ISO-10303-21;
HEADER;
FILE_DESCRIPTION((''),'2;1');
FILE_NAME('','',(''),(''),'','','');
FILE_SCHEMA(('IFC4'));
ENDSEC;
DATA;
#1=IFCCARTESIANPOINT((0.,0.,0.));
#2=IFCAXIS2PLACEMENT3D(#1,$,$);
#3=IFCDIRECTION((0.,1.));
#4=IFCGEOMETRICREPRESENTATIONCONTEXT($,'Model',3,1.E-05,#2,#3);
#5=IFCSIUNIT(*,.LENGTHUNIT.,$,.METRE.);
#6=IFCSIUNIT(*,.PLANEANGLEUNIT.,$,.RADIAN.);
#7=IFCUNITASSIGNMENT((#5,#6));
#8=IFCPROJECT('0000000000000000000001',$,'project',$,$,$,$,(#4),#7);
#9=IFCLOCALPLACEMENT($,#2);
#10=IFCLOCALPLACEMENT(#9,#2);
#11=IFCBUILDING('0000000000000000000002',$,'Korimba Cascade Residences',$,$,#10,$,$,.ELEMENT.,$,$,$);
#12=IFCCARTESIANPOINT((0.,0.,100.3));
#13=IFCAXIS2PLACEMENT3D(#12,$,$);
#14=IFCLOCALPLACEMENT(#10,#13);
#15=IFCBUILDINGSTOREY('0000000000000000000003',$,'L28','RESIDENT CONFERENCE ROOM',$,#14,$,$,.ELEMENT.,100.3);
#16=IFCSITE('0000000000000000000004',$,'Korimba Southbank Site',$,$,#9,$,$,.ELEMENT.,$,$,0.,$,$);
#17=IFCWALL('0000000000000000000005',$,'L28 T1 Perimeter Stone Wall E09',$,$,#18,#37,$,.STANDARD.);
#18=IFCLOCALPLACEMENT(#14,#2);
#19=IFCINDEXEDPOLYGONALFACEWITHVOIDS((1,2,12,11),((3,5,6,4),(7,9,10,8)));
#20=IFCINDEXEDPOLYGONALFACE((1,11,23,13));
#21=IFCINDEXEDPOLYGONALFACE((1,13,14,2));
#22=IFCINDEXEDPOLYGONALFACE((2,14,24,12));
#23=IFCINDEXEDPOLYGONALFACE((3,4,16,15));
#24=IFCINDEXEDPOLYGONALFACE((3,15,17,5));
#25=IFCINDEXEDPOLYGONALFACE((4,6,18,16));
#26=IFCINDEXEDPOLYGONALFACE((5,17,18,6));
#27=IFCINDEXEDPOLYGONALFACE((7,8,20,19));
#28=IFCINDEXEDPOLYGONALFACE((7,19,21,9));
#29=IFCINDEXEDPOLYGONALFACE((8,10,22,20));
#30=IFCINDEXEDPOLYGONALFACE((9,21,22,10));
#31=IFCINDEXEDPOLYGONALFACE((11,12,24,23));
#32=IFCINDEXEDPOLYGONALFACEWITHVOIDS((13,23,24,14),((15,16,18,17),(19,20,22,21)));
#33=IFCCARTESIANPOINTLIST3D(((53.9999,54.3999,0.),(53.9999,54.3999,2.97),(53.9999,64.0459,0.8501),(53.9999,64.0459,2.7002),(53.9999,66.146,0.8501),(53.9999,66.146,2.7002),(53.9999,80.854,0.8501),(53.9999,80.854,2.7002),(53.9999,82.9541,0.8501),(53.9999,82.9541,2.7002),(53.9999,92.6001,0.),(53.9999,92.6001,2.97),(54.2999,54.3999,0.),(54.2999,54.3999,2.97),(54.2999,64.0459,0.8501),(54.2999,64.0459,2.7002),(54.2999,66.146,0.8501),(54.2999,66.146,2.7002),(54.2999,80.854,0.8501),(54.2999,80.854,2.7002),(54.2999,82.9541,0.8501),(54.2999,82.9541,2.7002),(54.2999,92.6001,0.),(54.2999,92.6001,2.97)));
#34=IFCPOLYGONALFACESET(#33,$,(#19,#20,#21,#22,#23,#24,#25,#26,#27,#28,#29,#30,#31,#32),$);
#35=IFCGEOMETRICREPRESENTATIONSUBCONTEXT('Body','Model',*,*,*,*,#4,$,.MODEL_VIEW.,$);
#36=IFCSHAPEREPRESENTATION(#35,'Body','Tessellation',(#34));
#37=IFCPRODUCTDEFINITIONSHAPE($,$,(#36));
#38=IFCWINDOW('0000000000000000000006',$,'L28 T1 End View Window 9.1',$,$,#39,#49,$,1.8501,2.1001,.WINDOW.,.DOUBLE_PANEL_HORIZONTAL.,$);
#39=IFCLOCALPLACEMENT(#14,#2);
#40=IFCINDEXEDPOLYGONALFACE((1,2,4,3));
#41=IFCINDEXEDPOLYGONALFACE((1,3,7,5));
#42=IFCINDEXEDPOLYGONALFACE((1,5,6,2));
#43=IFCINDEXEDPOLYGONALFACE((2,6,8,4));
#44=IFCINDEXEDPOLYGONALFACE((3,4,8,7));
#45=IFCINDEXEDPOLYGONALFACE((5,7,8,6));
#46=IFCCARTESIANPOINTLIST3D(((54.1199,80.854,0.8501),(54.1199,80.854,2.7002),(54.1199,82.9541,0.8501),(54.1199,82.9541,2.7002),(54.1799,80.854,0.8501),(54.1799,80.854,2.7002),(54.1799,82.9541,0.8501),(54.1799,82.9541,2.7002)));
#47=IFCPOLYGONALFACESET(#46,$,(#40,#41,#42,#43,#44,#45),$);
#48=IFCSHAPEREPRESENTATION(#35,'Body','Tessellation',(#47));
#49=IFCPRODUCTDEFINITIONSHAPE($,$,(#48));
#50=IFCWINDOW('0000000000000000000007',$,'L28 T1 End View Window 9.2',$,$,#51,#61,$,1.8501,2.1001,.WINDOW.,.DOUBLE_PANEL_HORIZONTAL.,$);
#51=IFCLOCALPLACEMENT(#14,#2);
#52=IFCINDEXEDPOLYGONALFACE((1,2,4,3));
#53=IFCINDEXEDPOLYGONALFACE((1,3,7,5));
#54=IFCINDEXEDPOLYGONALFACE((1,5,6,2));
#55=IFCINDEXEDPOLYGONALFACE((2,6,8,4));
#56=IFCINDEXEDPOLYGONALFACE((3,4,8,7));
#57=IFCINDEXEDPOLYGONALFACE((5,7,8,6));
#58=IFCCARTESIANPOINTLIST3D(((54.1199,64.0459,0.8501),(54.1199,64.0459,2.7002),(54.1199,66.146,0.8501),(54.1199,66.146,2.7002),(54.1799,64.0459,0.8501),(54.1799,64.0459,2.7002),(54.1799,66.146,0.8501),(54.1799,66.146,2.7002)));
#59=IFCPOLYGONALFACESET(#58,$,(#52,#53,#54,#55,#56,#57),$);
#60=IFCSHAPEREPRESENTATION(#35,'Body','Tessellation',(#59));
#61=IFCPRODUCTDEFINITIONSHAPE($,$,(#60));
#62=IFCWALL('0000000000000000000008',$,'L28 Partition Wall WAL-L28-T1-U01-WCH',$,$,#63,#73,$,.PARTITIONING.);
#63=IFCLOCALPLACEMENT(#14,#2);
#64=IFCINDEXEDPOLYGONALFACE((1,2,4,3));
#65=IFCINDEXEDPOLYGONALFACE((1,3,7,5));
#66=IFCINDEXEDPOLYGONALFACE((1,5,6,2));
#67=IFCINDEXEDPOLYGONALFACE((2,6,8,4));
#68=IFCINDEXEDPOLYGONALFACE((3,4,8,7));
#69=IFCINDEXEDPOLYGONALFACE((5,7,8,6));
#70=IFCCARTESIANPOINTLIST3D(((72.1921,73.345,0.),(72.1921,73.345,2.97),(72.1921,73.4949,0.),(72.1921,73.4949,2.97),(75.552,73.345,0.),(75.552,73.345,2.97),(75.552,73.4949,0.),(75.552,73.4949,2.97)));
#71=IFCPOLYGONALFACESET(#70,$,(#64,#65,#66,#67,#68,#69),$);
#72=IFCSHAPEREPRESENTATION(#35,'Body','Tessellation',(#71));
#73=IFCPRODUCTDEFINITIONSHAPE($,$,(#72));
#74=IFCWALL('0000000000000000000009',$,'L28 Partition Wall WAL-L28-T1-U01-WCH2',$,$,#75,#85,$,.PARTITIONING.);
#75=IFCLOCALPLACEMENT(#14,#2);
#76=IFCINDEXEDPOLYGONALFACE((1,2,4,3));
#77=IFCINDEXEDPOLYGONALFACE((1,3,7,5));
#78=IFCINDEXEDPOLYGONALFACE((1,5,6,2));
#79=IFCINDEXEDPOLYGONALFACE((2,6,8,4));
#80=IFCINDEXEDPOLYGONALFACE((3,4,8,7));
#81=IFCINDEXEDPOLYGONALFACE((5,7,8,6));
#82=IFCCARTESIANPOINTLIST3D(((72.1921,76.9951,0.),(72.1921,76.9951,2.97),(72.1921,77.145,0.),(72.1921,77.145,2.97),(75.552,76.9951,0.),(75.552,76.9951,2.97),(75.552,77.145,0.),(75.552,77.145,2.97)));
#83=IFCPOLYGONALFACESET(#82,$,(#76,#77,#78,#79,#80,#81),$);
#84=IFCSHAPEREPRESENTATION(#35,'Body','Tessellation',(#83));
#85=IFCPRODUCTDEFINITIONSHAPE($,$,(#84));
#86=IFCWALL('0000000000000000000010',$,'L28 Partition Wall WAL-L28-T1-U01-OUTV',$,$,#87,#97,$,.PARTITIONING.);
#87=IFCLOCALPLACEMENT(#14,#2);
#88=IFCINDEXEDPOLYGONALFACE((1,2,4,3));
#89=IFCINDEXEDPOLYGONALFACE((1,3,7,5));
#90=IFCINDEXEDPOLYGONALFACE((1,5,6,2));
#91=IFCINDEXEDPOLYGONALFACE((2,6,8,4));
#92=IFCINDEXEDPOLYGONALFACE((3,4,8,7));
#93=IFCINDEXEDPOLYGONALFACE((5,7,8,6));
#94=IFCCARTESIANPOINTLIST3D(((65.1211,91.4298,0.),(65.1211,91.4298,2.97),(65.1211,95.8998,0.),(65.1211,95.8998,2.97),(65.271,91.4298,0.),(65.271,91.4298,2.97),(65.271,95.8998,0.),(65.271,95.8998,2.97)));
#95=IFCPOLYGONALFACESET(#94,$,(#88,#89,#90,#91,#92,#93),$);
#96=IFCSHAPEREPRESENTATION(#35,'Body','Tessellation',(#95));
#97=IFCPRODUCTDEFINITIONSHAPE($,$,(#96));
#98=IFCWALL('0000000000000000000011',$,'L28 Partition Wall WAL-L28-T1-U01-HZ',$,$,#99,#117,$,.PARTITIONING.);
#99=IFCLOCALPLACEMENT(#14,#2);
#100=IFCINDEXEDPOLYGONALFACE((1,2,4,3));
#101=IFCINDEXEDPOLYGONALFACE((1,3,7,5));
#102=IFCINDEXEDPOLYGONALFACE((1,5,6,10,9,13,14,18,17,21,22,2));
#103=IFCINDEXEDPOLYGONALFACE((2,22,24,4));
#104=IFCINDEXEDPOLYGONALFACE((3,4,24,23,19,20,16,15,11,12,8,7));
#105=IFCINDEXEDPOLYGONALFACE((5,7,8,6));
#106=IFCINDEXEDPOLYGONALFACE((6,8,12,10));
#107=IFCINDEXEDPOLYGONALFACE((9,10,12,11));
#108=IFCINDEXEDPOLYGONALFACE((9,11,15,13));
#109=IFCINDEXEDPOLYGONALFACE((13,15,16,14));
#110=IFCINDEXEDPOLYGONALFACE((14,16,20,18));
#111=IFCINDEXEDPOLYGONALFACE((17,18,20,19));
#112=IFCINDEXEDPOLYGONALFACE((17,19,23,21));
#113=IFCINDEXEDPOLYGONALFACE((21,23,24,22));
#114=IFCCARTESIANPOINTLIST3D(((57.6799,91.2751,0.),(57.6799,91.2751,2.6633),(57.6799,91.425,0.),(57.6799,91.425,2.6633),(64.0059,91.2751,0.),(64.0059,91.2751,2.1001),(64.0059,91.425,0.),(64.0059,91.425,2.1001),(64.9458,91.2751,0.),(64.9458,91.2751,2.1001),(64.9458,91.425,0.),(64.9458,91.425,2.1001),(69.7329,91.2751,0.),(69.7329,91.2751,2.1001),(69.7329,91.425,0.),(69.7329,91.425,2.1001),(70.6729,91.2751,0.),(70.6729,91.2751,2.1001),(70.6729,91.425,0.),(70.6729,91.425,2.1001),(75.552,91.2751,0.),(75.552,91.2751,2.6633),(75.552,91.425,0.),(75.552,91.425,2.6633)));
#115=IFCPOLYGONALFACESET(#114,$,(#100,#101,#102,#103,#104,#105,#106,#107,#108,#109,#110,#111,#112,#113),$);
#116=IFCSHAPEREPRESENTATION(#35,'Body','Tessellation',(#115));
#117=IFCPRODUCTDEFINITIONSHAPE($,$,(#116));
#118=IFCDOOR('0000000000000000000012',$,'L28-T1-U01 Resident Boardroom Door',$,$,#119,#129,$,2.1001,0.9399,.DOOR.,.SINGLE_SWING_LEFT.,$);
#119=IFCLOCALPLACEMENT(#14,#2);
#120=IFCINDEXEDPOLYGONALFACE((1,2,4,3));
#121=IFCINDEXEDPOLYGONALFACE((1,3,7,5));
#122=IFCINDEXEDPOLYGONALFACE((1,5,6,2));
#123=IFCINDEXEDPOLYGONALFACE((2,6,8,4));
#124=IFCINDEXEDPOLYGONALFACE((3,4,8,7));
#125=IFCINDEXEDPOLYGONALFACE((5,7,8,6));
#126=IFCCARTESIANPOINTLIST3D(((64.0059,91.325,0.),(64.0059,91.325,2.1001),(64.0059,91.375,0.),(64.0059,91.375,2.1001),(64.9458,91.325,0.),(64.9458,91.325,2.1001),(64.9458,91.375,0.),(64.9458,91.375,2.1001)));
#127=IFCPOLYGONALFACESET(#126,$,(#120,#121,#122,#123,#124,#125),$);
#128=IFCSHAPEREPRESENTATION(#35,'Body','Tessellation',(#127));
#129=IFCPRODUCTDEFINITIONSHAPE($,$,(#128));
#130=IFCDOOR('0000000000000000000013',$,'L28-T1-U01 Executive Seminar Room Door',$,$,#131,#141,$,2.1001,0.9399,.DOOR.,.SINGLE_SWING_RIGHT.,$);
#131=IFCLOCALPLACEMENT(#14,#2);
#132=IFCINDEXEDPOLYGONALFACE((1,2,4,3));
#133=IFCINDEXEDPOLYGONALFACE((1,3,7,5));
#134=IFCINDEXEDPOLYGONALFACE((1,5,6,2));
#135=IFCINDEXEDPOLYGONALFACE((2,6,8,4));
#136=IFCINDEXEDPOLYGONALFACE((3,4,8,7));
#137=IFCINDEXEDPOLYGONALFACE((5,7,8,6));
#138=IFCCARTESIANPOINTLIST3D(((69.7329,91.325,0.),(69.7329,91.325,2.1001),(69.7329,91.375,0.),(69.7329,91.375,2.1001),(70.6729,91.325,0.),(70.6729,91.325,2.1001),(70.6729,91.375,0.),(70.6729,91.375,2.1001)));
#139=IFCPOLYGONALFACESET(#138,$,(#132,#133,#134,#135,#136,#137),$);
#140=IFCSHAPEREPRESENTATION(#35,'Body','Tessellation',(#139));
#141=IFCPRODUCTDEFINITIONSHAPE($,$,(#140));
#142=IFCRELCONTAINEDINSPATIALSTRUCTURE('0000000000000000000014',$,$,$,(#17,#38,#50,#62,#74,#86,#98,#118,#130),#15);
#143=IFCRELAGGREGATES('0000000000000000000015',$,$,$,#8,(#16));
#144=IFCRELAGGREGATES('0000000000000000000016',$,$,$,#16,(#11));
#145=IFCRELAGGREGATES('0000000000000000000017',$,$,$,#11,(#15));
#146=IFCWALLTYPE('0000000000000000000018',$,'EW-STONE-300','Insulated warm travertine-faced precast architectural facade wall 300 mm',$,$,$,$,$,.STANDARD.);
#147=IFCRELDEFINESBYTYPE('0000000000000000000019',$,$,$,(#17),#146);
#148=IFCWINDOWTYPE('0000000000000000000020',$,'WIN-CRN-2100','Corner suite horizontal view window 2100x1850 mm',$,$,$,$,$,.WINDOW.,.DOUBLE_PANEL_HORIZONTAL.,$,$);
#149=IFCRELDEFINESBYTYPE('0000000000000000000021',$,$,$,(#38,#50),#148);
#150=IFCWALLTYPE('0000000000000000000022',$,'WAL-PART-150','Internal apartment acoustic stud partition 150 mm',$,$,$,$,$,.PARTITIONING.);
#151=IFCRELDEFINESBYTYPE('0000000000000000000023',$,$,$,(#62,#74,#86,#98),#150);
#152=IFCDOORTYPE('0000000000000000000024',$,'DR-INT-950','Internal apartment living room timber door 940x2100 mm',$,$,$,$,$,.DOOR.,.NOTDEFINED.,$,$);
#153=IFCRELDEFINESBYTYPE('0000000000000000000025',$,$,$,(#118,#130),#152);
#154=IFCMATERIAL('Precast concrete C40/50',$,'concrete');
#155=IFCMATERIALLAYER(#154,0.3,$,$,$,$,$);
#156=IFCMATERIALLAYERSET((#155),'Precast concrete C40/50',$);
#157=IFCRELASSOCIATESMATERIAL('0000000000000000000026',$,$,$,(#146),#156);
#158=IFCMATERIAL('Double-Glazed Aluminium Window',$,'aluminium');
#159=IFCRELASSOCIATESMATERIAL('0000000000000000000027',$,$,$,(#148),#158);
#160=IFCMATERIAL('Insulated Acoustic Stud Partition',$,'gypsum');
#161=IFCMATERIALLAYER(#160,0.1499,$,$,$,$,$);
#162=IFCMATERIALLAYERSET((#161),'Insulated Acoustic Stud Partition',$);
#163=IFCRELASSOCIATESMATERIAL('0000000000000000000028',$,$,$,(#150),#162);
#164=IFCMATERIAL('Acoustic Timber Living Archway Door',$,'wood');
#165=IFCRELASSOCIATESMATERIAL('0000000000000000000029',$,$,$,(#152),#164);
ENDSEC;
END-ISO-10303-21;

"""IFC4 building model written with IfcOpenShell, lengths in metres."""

from ifc_helpers import new_model, si_unit, direction, frame, frame_2d, origin, place, context, subcontext, project, spatial, rectangle, extrude, material, layer, layer_set, type_object, element, fill, save


model = new_model("IFC4")

# Units and contexts
model_context = context("Model", 3, precision=1e-05, world=origin(), true_north=direction((0.0, 1.0)))
body_context = subcontext(model_context, "Body", "Model", "MODEL_VIEW")
ifc_project = project(units=[si_unit("LENGTHUNIT", "METRE"), si_unit("PLANEANGLEUNIT", "RADIAN")], contexts=[model_context])

# Site, building, storey
site_placement = place(None, origin())
site = spatial("IfcSite", under=ifc_project, at=site_placement, Name="Korimba Southbank Site", CompositionType="ELEMENT", RefElevation=0.0)
building_placement = place(site_placement, origin())
building = spatial("IfcBuilding", under=site, at=building_placement, Name="Korimba Cascade Residences", CompositionType="ELEMENT")
storey_placement = place(building_placement, frame((0.0, 0.0, 100.3)))
storey = spatial("IfcBuildingStorey", under=building, at=storey_placement, Name="L28", Description="RESIDENT CONFERENCE ROOM", CompositionType="ELEMENT", Elevation=100.3)

# Shared definitions
ifc_material_1 = material(Name="Precast concrete C40/50", Category="concrete")
ifc_layer_1 = layer(ifc_material_1, 0.3)
ifc_layer_set_1 = layer_set([ifc_layer_1], Name="Precast concrete C40/50")
wall_type_1 = type_object("IfcWallType", Name="EW-STONE-300", Description="Insulated warm travertine-faced precast architectural facade wall 300 mm", PredefinedType="STANDARD", material=ifc_layer_set_1)

# Wall, openings, windows
wall_1_placement = place(storey_placement, frame((54.1499, 92.6001, 0.0), z_axis=(0.0, 0.0, 1.0), x_axis=(0.0, -1.0, 0.0)))
wall_1 = element("IfcWall", 1, at=wall_1_placement, inside=storey, type_object=wall_type_1, Name="L28 T1 Perimeter Stone Wall E09", PredefinedType="STANDARD", context=body_context, shape_type="SweptSolid", body=[
    extrude(rectangle(XDim=38.2002, YDim=0.3, at=frame_2d((19.1001, 0.0))), origin(), (0.0, 0.0, 1.0), 2.97),
])
opening_1_placement = place(wall_1_placement, frame((9.646, 0.0, 0.8501)))
opening_1 = element("IfcOpeningElement", 2, at=opening_1_placement, cuts=wall_1, PredefinedType="OPENING", context=body_context, shape_type="SweptSolid", body=[
    extrude(rectangle(XDim=2.1001, YDim=1.8501, at=frame_2d((1.05, 0.925))), frame((0.0, 0.1602, 0.0), z_axis=(0.0, -1.0, 0.0), x_axis=(1.0, 0.0, 0.0)), (0.0, 0.0, 1.0), 0.3201),
])
opening_2_placement = place(wall_1_placement, frame((26.4541, 0.0, 0.8501)))
opening_2 = element("IfcOpeningElement", 3, at=opening_2_placement, cuts=wall_1, PredefinedType="OPENING", context=body_context, shape_type="SweptSolid", body=[
    extrude(rectangle(XDim=2.1001, YDim=1.8501, at=frame_2d((1.05, 0.925))), frame((0.0, 0.1602, 0.0), z_axis=(0.0, -1.0, 0.0), x_axis=(1.0, 0.0, 0.0)), (0.0, 0.0, 1.0), 0.3201),
])
ifc_material_2 = material(Name="Double-Glazed Aluminium Window", Category="aluminium")
window_type = type_object("IfcWindowType", Name="WIN-CRN-2100", Description="Corner suite horizontal view window 2100x1850 mm", PartitioningType="DOUBLE_PANEL_HORIZONTAL", PredefinedType="WINDOW", material=ifc_material_2)
window_1_placement = place(opening_1_placement, origin())
window_1 = element("IfcWindow", 4, at=window_1_placement, inside=storey, type_object=window_type, Name="L28 T1 End View Window 9.1", OverallHeight=1.8501, OverallWidth=2.1001, PartitioningType="DOUBLE_PANEL_HORIZONTAL", PredefinedType="WINDOW", context=body_context, shape_type="SweptSolid", body=[
    extrude(rectangle(XDim=2.1001, YDim=1.8501, at=frame_2d((1.05, 0.925))), frame((0.0, 0.03, 0.0), z_axis=(0.0, -1.0, 0.0), x_axis=(1.0, 0.0, 0.0)), (0.0, 0.0, 1.0), 0.0601),
])
fill(opening_1, window_1)
window_2_placement = place(opening_2_placement, origin())
window_2 = element("IfcWindow", 5, at=window_2_placement, inside=storey, type_object=window_type, Name="L28 T1 End View Window 9.2", OverallHeight=1.8501, OverallWidth=2.1001, PartitioningType="DOUBLE_PANEL_HORIZONTAL", PredefinedType="WINDOW", context=body_context, shape_type="SweptSolid", body=[
    extrude(rectangle(XDim=2.1001, YDim=1.8501, at=frame_2d((1.05, 0.925))), frame((0.0, 0.03, 0.0), z_axis=(0.0, -1.0, 0.0), x_axis=(1.0, 0.0, 0.0)), (0.0, 0.0, 1.0), 0.0601),
])
fill(opening_2, window_2)

# Walls
ifc_material_3 = material(Name="Insulated Acoustic Stud Partition", Category="gypsum")
ifc_layer_2 = layer(ifc_material_3, 0.1499)
ifc_layer_set_2 = layer_set([ifc_layer_2], Name="Insulated Acoustic Stud Partition")
wall_type_2 = type_object("IfcWallType", Name="WAL-PART-150", Description="Internal apartment acoustic stud partition 150 mm", PredefinedType="PARTITIONING", material=ifc_layer_set_2)
for number, where, z_axis, x_axis, name in (
    (6, (72.1921, 73.4199, 0.0), (0.0, 0.0, 1.0), (1.0, 0.0, 0.0), "L28 Partition Wall WAL-L28-T1-U01-WCH"),
    (7, (72.1921, 77.0701, 0.0), (0.0, 0.0, 1.0), (1.0, 0.0, 0.0), "L28 Partition Wall WAL-L28-T1-U01-WCH2"),
):
    element("IfcWall", number, at=place(storey_placement, frame(where, z_axis=z_axis, x_axis=x_axis)), inside=storey, type_object=wall_type_2, Name=name, PredefinedType="PARTITIONING", context=body_context, shape_type="SweptSolid", body=[
        extrude(rectangle(XDim=3.3599, YDim=0.1499, at=frame_2d((1.6799, 0.0))), origin(), (0.0, 0.0, 1.0), 2.97),
    ])
wall_2_placement = place(storey_placement, frame((65.196, 91.4299, 0.0), z_axis=(0.0, 0.0, 1.0), x_axis=(0.0, 1.0, 0.0)))
element("IfcWall", 8, at=wall_2_placement, inside=storey, type_object=wall_type_2, Name="L28 Partition Wall WAL-L28-T1-U01-OUTV", PredefinedType="PARTITIONING", context=body_context, shape_type="SweptSolid", body=[
    extrude(rectangle(XDim=4.47, YDim=0.1499, at=frame_2d((2.2349, 0.0))), origin(), (0.0, 0.0, 1.0), 2.97),
])

# Wall, openings, doors
wall_3_placement = place(storey_placement, frame((57.6799, 91.3501, 0.0), z_axis=(0.0, 0.0, 1.0), x_axis=(1.0, 0.0, 0.0)))
wall_3 = element("IfcWall", 9, at=wall_3_placement, inside=storey, type_object=wall_type_2, Name="L28 Partition Wall WAL-L28-T1-U01-HZ", PredefinedType="PARTITIONING", context=body_context, shape_type="SweptSolid", body=[
    extrude(rectangle(XDim=17.8721, YDim=0.1499, at=frame_2d((8.936, 0.0))), origin(), (0.0, 0.0, 1.0), 2.6633),
])
opening_3_placement = place(wall_3_placement, frame((6.3259, 0.0, 0.0)))
opening_3 = element("IfcOpeningElement", 10, at=opening_3_placement, cuts=wall_3, PredefinedType="OPENING", context=body_context, shape_type="SweptSolid", body=[
    extrude(rectangle(XDim=0.9399, YDim=2.1001, at=frame_2d((0.47, 1.05))), frame((0.0, 0.085, 0.0), z_axis=(0.0, -1.0, 0.0), x_axis=(1.0, 0.0, 0.0)), (0.0, 0.0, 1.0), 0.1699),
])
opening_4_placement = place(wall_3_placement, frame((12.053, 0.0, 0.0)))
opening_4 = element("IfcOpeningElement", 11, at=opening_4_placement, cuts=wall_3, PredefinedType="OPENING", context=body_context, shape_type="SweptSolid", body=[
    extrude(rectangle(XDim=0.9399, YDim=2.1001, at=frame_2d((0.47, 1.05))), frame((0.0, 0.085, 0.0), z_axis=(0.0, -1.0, 0.0), x_axis=(1.0, 0.0, 0.0)), (0.0, 0.0, 1.0), 0.1699),
])
ifc_material_4 = material(Name="Acoustic Timber Living Archway Door", Category="wood")
door_type = type_object("IfcDoorType", Name="DR-INT-950", Description="Internal apartment living room timber door 940x2100 mm", OperationType="NOTDEFINED", PredefinedType="DOOR", material=ifc_material_4)
door_1_placement = place(opening_3_placement, origin())
door_1 = element("IfcDoor", 12, at=door_1_placement, inside=storey, type_object=door_type, Name="L28-T1-U01 Resident Boardroom Door", OperationType="SINGLE_SWING_LEFT", OverallHeight=2.1001, OverallWidth=0.9399, PredefinedType="DOOR", context=body_context, shape_type="SweptSolid", body=[
    extrude(rectangle(XDim=0.9399, YDim=2.1001, at=frame_2d((0.47, 1.05))), frame((0.0, 0.0249, 0.0), z_axis=(0.0, -1.0, 0.0), x_axis=(1.0, 0.0, 0.0)), (0.0, 0.0, 1.0), 0.05),
])
fill(opening_3, door_1)
door_2_placement = place(opening_4_placement, origin())
door_2 = element("IfcDoor", 13, at=door_2_placement, inside=storey, type_object=door_type, Name="L28-T1-U01 Executive Seminar Room Door", OperationType="SINGLE_SWING_RIGHT", OverallHeight=2.1001, OverallWidth=0.9399, PredefinedType="DOOR", context=body_context, shape_type="SweptSolid", body=[
    extrude(rectangle(XDim=0.9399, YDim=2.1001, at=frame_2d((0.47, 1.05))), frame((0.0, 0.0249, 0.0), z_axis=(0.0, -1.0, 0.0), x_axis=(1.0, 0.0, 0.0)), (0.0, 0.0, 1.0), 0.05),
])
fill(opening_4, door_2)

save(model, "model.ifc")
